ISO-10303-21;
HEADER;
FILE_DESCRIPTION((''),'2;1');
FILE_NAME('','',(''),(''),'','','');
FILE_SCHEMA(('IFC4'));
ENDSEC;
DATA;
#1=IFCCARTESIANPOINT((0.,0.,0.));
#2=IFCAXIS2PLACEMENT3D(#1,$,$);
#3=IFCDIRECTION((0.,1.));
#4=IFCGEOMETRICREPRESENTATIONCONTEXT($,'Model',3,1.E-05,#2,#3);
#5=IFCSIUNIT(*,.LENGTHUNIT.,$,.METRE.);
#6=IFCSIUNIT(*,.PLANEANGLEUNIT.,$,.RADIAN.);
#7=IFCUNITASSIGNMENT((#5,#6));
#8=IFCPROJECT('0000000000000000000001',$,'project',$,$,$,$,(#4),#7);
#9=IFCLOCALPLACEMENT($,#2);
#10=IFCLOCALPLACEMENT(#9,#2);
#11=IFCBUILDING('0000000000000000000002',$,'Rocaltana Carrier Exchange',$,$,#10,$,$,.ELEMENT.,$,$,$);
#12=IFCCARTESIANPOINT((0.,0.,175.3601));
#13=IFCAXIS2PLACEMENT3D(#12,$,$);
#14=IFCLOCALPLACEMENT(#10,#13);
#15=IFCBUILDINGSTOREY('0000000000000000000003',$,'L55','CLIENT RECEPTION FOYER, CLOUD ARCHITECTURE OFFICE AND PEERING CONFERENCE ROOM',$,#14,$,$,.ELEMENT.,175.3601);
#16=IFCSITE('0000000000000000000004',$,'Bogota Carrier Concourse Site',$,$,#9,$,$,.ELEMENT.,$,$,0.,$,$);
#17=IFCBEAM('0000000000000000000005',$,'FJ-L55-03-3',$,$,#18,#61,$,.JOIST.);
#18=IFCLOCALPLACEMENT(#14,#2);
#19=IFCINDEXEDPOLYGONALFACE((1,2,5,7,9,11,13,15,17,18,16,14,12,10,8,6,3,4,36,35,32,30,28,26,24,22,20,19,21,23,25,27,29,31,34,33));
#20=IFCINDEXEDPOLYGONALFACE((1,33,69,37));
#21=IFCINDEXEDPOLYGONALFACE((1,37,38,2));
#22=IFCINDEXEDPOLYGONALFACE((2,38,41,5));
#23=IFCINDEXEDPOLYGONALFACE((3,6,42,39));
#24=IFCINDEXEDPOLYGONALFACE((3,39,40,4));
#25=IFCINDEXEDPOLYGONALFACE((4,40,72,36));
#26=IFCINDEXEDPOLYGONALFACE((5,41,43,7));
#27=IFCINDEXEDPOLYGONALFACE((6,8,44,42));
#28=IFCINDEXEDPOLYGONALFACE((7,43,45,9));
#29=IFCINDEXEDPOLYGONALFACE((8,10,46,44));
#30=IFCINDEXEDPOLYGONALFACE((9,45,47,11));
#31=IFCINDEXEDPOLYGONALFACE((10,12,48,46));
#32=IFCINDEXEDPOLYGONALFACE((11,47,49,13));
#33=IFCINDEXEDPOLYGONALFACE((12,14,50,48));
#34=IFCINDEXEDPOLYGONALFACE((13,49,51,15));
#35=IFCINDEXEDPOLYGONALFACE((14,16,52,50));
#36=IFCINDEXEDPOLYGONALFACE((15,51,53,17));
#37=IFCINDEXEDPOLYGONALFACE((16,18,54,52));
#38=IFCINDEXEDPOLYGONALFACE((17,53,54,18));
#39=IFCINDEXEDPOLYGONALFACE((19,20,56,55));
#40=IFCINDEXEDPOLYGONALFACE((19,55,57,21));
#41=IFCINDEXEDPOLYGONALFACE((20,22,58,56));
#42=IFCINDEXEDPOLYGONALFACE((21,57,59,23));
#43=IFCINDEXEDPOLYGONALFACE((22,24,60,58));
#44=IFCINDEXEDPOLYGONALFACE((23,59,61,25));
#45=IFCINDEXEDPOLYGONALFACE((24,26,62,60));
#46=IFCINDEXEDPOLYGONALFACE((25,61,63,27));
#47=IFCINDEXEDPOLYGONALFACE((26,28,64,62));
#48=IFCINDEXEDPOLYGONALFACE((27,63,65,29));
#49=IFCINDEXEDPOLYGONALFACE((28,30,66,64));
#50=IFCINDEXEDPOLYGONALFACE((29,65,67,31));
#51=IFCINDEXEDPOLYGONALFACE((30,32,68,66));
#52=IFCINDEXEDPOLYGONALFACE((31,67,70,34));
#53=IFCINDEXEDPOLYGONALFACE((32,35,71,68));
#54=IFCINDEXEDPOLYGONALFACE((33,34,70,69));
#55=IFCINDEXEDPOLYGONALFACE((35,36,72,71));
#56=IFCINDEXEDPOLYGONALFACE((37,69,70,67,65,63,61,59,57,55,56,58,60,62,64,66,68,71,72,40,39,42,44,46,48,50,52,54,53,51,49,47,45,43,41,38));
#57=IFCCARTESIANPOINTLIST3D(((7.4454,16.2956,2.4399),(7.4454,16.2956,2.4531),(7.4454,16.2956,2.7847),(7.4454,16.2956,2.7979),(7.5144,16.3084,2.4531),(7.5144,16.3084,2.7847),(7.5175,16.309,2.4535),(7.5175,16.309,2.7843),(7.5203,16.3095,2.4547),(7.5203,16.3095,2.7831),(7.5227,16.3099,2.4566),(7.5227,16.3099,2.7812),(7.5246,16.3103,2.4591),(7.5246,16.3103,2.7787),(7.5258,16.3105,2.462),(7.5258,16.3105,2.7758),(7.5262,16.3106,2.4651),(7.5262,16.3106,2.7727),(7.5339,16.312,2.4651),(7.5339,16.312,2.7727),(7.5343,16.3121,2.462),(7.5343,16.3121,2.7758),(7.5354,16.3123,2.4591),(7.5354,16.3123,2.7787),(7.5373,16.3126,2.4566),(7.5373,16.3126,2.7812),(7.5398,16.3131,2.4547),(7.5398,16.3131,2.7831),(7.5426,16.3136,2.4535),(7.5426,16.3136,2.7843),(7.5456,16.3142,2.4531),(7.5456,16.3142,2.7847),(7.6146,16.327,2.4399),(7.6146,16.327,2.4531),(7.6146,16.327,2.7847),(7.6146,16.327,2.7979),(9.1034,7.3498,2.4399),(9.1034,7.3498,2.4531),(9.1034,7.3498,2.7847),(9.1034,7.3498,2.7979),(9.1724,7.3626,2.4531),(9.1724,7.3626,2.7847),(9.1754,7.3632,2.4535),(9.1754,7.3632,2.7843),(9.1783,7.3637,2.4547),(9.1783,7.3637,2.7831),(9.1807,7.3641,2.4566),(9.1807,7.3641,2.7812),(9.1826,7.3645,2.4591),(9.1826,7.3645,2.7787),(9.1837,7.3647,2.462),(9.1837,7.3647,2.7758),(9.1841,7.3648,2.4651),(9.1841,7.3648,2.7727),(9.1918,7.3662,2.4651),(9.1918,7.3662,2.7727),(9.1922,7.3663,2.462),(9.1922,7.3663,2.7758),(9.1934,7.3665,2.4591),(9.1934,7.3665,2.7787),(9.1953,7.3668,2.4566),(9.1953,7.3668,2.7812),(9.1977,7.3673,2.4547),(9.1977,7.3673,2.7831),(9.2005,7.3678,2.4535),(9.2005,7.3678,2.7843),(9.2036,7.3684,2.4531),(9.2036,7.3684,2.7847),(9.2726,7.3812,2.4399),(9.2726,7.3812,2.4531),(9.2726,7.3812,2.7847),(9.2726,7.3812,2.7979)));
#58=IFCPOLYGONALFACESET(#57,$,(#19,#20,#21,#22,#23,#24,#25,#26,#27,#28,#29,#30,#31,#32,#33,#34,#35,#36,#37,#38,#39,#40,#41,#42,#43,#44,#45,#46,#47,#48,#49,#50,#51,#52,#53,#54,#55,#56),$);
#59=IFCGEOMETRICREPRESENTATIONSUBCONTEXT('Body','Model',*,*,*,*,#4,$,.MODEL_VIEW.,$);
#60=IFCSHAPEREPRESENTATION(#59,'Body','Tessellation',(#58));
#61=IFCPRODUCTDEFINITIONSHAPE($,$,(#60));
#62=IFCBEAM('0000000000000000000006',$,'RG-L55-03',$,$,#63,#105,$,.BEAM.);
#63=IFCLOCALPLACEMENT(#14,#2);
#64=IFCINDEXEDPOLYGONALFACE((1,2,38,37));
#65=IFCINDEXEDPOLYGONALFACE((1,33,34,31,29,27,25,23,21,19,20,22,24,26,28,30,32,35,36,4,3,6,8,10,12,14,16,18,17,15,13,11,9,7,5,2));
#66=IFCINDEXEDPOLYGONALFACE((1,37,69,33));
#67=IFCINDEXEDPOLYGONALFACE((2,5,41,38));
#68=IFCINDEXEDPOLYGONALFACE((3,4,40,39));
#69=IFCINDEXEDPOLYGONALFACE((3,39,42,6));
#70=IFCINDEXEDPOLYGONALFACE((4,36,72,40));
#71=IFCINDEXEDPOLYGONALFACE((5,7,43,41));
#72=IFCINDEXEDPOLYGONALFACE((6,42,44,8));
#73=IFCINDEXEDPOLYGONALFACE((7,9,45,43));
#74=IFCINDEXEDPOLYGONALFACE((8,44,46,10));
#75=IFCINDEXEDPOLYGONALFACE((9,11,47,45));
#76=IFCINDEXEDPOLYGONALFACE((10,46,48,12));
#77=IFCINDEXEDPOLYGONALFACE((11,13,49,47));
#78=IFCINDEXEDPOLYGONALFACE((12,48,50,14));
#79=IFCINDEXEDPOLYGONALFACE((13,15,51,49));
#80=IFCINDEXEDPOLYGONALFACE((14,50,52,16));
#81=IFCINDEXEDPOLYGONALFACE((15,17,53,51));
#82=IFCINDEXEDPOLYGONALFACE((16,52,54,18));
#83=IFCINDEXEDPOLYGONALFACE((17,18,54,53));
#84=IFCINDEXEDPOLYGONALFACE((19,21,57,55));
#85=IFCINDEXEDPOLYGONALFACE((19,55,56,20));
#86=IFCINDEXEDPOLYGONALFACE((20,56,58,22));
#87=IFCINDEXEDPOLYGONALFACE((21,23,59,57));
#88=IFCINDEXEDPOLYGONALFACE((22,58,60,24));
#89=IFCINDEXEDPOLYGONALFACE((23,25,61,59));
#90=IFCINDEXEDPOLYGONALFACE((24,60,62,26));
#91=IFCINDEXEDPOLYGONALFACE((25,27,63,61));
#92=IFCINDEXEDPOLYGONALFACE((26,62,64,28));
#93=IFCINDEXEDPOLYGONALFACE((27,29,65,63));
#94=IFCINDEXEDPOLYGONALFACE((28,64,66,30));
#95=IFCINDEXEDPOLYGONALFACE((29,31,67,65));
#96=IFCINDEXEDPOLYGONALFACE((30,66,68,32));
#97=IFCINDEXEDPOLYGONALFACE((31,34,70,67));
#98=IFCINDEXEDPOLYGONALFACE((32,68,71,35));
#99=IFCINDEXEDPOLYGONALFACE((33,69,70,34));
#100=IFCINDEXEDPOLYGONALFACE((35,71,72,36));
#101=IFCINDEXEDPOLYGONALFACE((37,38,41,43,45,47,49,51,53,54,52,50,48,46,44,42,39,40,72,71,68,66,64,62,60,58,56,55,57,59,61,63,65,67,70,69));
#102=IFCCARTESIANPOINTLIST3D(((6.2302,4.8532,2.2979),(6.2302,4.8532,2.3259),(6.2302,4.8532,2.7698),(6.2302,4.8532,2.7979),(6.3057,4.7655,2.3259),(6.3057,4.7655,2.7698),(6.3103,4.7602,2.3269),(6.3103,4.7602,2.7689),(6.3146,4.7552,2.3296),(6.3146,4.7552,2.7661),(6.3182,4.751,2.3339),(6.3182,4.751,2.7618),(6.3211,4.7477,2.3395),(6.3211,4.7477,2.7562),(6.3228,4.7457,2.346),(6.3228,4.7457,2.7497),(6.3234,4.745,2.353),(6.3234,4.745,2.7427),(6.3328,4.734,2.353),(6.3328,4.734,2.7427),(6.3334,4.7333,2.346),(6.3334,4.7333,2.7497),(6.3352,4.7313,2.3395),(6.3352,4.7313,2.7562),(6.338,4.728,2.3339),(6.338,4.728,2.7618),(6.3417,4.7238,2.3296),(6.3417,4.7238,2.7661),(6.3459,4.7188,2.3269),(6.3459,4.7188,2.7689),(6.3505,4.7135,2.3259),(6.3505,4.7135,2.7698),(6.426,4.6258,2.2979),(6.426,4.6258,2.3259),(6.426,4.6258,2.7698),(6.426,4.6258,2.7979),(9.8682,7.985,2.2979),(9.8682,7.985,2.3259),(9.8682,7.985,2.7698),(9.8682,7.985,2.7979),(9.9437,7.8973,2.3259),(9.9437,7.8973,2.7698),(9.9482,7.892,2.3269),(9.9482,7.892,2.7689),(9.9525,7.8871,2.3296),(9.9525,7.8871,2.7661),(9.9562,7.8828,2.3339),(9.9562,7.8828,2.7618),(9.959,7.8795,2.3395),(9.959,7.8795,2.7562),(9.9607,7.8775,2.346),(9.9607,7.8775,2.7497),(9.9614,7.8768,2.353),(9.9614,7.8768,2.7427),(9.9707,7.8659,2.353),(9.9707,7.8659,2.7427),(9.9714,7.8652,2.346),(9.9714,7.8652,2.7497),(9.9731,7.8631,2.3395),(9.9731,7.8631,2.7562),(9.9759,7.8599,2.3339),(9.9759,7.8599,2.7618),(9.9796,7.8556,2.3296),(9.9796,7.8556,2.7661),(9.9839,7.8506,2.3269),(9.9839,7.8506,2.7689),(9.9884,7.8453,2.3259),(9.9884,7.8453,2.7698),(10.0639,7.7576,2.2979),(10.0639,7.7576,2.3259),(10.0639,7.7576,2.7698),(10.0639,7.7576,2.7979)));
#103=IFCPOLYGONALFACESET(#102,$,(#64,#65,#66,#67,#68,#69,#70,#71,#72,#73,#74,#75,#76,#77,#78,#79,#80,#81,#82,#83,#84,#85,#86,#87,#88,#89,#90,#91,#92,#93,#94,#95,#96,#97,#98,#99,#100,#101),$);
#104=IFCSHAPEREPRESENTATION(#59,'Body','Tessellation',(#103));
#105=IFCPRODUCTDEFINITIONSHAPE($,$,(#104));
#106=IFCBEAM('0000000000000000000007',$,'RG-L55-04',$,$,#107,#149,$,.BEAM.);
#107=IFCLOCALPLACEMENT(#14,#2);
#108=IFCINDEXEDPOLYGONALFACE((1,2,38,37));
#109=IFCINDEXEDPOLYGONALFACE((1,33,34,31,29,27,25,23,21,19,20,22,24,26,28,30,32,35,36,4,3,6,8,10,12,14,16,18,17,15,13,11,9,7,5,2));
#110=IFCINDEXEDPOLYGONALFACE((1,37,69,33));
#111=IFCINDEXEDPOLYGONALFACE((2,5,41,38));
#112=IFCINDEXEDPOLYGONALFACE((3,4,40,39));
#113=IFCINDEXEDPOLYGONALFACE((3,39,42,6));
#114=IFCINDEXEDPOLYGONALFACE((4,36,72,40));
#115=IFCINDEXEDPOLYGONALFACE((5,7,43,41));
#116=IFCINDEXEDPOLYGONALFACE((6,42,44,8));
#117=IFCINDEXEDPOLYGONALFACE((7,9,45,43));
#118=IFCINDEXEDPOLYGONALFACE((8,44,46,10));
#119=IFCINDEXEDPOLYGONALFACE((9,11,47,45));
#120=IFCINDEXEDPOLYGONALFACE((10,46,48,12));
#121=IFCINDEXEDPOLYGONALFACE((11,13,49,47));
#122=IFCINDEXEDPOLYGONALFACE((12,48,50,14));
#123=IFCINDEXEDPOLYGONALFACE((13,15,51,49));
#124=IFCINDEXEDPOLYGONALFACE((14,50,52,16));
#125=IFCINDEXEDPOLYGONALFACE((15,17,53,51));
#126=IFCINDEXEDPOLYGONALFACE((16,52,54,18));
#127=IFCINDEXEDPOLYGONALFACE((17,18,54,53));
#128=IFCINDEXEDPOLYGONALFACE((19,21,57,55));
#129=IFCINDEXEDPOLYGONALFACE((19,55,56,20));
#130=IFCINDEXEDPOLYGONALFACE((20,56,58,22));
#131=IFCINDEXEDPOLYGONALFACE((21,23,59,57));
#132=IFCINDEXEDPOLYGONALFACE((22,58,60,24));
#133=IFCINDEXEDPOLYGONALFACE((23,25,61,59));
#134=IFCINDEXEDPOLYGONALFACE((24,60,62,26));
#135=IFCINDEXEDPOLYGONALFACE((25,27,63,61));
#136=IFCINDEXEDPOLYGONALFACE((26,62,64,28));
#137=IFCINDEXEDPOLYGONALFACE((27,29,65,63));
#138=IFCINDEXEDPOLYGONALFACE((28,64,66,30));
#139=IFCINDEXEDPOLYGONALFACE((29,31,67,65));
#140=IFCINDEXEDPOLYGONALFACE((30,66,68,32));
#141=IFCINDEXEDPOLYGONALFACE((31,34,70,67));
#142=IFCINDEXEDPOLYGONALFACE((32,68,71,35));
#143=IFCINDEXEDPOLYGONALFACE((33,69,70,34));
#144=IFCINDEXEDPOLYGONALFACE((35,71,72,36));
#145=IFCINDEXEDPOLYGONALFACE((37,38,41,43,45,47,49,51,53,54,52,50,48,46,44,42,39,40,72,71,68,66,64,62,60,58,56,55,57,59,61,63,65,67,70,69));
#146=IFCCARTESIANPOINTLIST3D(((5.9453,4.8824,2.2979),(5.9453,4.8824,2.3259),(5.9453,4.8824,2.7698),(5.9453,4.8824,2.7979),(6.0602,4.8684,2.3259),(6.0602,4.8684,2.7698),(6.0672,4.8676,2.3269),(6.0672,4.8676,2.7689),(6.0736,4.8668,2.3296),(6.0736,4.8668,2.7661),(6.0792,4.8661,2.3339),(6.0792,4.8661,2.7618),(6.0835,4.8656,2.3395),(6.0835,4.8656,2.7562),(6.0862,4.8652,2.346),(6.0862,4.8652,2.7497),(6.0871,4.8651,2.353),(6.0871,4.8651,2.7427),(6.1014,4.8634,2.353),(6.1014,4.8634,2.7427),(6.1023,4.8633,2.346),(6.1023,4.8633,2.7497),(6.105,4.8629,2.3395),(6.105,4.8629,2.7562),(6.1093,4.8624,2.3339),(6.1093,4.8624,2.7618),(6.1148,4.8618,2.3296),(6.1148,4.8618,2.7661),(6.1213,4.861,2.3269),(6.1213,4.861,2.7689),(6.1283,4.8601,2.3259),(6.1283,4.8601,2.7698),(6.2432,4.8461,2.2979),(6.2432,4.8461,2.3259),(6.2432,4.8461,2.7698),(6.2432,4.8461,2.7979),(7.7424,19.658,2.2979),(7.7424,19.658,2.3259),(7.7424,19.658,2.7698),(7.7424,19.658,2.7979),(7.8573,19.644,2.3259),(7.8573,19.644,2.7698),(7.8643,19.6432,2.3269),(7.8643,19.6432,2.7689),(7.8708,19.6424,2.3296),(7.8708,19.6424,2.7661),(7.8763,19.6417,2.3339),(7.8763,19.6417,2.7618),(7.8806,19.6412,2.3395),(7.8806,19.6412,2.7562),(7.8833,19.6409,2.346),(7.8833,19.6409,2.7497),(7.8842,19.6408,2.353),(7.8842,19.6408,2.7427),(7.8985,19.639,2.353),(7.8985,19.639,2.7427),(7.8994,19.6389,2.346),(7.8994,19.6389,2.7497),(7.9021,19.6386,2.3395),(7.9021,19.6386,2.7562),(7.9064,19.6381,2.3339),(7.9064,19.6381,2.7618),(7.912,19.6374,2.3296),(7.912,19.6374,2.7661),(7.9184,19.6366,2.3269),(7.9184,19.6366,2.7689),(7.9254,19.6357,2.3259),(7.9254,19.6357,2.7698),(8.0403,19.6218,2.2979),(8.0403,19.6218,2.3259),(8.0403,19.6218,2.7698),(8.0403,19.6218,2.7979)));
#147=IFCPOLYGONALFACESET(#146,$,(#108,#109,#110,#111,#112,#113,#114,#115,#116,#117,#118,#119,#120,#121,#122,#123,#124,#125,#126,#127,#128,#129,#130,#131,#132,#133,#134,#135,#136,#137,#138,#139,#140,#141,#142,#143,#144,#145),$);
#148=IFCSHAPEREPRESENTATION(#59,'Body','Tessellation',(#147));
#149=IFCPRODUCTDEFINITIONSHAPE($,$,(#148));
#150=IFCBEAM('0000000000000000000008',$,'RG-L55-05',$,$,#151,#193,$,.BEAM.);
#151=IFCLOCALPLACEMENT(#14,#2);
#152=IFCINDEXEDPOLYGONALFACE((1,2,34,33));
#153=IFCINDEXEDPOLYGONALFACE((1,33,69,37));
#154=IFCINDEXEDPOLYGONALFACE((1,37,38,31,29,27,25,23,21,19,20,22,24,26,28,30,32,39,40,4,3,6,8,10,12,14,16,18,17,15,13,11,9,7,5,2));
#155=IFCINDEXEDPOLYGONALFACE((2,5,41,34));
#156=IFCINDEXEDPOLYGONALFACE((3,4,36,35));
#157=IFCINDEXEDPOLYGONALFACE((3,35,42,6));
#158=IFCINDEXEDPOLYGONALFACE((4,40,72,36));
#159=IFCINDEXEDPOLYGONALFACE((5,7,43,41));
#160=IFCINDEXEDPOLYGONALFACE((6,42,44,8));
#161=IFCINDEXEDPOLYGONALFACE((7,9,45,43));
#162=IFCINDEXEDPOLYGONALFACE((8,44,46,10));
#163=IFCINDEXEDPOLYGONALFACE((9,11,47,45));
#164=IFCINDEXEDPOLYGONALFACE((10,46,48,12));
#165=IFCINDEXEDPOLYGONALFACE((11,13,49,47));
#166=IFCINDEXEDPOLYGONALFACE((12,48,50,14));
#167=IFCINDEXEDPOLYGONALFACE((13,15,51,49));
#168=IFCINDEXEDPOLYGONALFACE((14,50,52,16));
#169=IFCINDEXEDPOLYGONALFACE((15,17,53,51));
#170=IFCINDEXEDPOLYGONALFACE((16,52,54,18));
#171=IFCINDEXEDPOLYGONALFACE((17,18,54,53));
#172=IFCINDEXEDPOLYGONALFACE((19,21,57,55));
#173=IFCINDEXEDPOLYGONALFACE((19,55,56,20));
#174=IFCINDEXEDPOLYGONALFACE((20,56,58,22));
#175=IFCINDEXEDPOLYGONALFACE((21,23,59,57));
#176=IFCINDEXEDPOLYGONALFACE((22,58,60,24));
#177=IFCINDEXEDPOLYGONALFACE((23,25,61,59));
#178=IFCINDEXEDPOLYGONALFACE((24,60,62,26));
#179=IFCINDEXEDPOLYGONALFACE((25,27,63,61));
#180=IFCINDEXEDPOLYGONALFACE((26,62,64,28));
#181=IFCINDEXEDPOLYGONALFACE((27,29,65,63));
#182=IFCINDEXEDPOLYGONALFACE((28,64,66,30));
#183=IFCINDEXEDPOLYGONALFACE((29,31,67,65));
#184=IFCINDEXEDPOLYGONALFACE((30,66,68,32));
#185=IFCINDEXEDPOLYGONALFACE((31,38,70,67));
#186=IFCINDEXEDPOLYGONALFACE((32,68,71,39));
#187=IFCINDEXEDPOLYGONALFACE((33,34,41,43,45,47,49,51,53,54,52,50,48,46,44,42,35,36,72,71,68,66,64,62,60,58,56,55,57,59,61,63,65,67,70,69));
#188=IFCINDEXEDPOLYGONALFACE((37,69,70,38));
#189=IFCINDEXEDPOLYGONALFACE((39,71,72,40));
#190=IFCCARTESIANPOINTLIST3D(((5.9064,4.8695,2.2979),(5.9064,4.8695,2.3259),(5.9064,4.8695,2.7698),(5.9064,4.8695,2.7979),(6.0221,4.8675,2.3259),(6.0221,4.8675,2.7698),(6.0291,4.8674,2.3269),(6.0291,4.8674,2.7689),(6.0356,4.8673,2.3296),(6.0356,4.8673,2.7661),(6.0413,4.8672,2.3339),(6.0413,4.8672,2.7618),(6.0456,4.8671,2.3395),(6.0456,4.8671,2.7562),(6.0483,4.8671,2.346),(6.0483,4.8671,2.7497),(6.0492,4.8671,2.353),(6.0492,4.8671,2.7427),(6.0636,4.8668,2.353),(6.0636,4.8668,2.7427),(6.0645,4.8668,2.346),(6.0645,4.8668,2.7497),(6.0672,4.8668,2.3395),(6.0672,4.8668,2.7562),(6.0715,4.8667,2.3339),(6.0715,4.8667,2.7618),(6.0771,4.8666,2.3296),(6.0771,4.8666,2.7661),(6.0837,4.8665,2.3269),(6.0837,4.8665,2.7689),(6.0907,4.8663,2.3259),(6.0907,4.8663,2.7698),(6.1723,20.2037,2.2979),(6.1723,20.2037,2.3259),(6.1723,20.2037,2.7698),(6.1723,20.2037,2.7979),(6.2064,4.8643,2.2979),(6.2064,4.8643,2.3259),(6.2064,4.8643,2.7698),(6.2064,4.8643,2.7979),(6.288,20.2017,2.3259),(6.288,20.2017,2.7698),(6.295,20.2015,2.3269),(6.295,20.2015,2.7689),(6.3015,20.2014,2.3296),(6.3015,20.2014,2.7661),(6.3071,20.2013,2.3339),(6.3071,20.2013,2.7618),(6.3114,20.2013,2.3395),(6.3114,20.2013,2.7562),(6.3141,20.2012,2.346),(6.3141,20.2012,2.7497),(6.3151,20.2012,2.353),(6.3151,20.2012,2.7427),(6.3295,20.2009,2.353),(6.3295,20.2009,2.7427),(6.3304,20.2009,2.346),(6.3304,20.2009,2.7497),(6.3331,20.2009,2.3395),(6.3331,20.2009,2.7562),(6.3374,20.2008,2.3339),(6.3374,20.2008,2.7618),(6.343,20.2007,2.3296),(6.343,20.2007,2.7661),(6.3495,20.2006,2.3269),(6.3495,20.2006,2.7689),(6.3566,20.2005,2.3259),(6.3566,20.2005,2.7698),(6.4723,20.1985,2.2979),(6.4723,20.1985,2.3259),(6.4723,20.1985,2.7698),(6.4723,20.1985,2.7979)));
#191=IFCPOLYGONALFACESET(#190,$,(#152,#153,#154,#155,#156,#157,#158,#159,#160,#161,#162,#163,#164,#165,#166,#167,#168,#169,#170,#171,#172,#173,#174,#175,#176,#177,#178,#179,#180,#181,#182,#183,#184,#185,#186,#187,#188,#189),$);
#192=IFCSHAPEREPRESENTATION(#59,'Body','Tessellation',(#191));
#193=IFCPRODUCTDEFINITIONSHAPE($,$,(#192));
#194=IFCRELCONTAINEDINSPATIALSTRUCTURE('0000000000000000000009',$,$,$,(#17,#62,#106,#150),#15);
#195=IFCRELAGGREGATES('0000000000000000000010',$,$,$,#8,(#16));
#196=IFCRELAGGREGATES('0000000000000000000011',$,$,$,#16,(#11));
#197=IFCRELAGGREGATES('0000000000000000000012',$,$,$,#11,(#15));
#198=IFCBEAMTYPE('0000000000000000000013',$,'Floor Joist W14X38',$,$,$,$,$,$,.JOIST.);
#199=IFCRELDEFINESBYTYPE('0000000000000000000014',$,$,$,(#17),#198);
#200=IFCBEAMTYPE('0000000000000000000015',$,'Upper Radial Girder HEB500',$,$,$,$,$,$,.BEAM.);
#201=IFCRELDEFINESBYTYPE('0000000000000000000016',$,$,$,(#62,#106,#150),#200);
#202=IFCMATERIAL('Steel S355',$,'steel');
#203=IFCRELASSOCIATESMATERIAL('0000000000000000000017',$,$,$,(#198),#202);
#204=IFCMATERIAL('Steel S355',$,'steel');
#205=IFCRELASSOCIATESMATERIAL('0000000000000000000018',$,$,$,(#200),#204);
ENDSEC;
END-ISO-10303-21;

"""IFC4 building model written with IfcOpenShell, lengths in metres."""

from ifc_helpers import new_model, si_unit, direction, frame, origin, origin_2d, place, context, subcontext, project, spatial, i_section, extrude, material, material_profile, profile_set, type_object, element, save


model = new_model("IFC4")

# Units and contexts
model_context = context("Model", 3, precision=1e-05, world=origin(), true_north=direction((0.0, 1.0)))
body_context = subcontext(model_context, "Body", "Model", "MODEL_VIEW")
ifc_project = project(units=[si_unit("LENGTHUNIT", "METRE"), si_unit("PLANEANGLEUNIT", "RADIAN")], contexts=[model_context])

# Site, building, storey
site_placement = place(None, origin())
site = spatial("IfcSite", under=ifc_project, at=site_placement, Name="Bogota Carrier Concourse Site", CompositionType="ELEMENT", RefElevation=0.0)
building_placement = place(site_placement, origin())
building = spatial("IfcBuilding", under=site, at=building_placement, Name="Rocaltana Carrier Exchange", CompositionType="ELEMENT")
storey_placement = place(building_placement, frame((0.0, 0.0, 175.3601)))
storey = spatial("IfcBuildingStorey", under=building, at=storey_placement, Name="L55", Description="CLIENT RECEPTION FOYER, CLOUD ARCHITECTURE OFFICE AND PEERING CONFERENCE ROOM", CompositionType="ELEMENT", Elevation=175.3601)

# Beams
ifc_material_1 = material(Name="Steel S355", Category="steel")
ifc_material_profile_1 = material_profile(ifc_material_1, i_section(OverallWidth=0.1721, OverallDepth=0.3579, WebThickness=0.0078, FlangeThickness=0.0132, FilletRadius=0.012, at=origin_2d()), Name="W14X38")
ifc_profile_set_1 = profile_set([ifc_material_profile_1], Name="Steel S355")
beam_type_1 = type_object("IfcBeamType", Name="Floor Joist W14X38", PredefinedType="JOIST", material=ifc_profile_set_1)
beam_1_placement = place(storey_placement, frame((9.188, 7.3655, 2.6189), z_axis=(-0.182231, 0.983256, 0.0), x_axis=(-0.983256, -0.182231, 0.0)))
element("IfcBeam", 1, at=beam_1_placement, inside=storey, type_object=beam_type_1, Name="FJ-L55-03-3", PredefinedType="JOIST", context=body_context, shape_type="SweptSolid", body=[
    extrude(i_section(OverallWidth=0.1721, OverallDepth=0.3579, WebThickness=0.0078, FlangeThickness=0.0132, FilletRadius=0.012, at=origin_2d()), origin(), (0.0, 0.0, 1.0), 9.0981),
])
ifc_material_2 = material(Name="Steel S355", Category="steel")
ifc_material_profile_2 = material_profile(ifc_material_2, i_section(OverallWidth=0.3, OverallDepth=0.5, WebThickness=0.0144, FlangeThickness=0.0281, FilletRadius=0.0271, at=origin_2d()), Name="HEB500")
ifc_profile_set_2 = profile_set([ifc_material_profile_2], Name="Steel S355")
beam_type_2 = type_object("IfcBeamType", Name="Upper Radial Girder HEB500", PredefinedType="BEAM", material=ifc_profile_set_2)
beam_2_placement = place(storey_placement, frame((6.3281, 4.7395, 2.5479), z_axis=(0.757855, 0.652423, 0.0), x_axis=(-0.652423, 0.757855, 0.0)))
element("IfcBeam", 2, at=beam_2_placement, inside=storey, type_object=beam_type_2, Name="RG-L55-03", PredefinedType="BEAM", context=body_context, shape_type="SweptSolid", body=[
    extrude(i_section(OverallWidth=0.3, OverallDepth=0.5, WebThickness=0.0144, FlangeThickness=0.0281, FilletRadius=0.0271, at=origin_2d()), origin(), (0.0, 0.0, 1.0), 4.8003),
])
beam_3_placement = place(storey_placement, frame((6.0942, 4.8643, 2.5479), z_axis=(0.120737, 0.992684, 0.0), x_axis=(-0.992684, 0.120737, 0.0)))
element("IfcBeam", 3, at=beam_3_placement, inside=storey, type_object=beam_type_2, Name="RG-L55-04", PredefinedType="BEAM", context=body_context, shape_type="SweptSolid", body=[
    extrude(i_section(OverallWidth=0.3, OverallDepth=0.5, WebThickness=0.0144, FlangeThickness=0.0281, FilletRadius=0.0271, at=origin_2d()), origin(), (0.0, 0.0, 1.0), 14.8845),
])
beam_4_placement = place(storey_placement, frame((6.0564, 4.8669, 2.5479), z_axis=(0.017336, 0.99985, 0.0), x_axis=(-0.99985, 0.017336, 0.0)))
element("IfcBeam", 4, at=beam_4_placement, inside=storey, type_object=beam_type_2, Name="RG-L55-05", PredefinedType="BEAM", context=body_context, shape_type="SweptSolid", body=[
    extrude(i_section(OverallWidth=0.3, OverallDepth=0.5, WebThickness=0.0144, FlangeThickness=0.0281, FilletRadius=0.0271, at=origin_2d()), origin(), (0.0, 0.0, 1.0), 15.3364),
])

save(model, "model.ifc")
